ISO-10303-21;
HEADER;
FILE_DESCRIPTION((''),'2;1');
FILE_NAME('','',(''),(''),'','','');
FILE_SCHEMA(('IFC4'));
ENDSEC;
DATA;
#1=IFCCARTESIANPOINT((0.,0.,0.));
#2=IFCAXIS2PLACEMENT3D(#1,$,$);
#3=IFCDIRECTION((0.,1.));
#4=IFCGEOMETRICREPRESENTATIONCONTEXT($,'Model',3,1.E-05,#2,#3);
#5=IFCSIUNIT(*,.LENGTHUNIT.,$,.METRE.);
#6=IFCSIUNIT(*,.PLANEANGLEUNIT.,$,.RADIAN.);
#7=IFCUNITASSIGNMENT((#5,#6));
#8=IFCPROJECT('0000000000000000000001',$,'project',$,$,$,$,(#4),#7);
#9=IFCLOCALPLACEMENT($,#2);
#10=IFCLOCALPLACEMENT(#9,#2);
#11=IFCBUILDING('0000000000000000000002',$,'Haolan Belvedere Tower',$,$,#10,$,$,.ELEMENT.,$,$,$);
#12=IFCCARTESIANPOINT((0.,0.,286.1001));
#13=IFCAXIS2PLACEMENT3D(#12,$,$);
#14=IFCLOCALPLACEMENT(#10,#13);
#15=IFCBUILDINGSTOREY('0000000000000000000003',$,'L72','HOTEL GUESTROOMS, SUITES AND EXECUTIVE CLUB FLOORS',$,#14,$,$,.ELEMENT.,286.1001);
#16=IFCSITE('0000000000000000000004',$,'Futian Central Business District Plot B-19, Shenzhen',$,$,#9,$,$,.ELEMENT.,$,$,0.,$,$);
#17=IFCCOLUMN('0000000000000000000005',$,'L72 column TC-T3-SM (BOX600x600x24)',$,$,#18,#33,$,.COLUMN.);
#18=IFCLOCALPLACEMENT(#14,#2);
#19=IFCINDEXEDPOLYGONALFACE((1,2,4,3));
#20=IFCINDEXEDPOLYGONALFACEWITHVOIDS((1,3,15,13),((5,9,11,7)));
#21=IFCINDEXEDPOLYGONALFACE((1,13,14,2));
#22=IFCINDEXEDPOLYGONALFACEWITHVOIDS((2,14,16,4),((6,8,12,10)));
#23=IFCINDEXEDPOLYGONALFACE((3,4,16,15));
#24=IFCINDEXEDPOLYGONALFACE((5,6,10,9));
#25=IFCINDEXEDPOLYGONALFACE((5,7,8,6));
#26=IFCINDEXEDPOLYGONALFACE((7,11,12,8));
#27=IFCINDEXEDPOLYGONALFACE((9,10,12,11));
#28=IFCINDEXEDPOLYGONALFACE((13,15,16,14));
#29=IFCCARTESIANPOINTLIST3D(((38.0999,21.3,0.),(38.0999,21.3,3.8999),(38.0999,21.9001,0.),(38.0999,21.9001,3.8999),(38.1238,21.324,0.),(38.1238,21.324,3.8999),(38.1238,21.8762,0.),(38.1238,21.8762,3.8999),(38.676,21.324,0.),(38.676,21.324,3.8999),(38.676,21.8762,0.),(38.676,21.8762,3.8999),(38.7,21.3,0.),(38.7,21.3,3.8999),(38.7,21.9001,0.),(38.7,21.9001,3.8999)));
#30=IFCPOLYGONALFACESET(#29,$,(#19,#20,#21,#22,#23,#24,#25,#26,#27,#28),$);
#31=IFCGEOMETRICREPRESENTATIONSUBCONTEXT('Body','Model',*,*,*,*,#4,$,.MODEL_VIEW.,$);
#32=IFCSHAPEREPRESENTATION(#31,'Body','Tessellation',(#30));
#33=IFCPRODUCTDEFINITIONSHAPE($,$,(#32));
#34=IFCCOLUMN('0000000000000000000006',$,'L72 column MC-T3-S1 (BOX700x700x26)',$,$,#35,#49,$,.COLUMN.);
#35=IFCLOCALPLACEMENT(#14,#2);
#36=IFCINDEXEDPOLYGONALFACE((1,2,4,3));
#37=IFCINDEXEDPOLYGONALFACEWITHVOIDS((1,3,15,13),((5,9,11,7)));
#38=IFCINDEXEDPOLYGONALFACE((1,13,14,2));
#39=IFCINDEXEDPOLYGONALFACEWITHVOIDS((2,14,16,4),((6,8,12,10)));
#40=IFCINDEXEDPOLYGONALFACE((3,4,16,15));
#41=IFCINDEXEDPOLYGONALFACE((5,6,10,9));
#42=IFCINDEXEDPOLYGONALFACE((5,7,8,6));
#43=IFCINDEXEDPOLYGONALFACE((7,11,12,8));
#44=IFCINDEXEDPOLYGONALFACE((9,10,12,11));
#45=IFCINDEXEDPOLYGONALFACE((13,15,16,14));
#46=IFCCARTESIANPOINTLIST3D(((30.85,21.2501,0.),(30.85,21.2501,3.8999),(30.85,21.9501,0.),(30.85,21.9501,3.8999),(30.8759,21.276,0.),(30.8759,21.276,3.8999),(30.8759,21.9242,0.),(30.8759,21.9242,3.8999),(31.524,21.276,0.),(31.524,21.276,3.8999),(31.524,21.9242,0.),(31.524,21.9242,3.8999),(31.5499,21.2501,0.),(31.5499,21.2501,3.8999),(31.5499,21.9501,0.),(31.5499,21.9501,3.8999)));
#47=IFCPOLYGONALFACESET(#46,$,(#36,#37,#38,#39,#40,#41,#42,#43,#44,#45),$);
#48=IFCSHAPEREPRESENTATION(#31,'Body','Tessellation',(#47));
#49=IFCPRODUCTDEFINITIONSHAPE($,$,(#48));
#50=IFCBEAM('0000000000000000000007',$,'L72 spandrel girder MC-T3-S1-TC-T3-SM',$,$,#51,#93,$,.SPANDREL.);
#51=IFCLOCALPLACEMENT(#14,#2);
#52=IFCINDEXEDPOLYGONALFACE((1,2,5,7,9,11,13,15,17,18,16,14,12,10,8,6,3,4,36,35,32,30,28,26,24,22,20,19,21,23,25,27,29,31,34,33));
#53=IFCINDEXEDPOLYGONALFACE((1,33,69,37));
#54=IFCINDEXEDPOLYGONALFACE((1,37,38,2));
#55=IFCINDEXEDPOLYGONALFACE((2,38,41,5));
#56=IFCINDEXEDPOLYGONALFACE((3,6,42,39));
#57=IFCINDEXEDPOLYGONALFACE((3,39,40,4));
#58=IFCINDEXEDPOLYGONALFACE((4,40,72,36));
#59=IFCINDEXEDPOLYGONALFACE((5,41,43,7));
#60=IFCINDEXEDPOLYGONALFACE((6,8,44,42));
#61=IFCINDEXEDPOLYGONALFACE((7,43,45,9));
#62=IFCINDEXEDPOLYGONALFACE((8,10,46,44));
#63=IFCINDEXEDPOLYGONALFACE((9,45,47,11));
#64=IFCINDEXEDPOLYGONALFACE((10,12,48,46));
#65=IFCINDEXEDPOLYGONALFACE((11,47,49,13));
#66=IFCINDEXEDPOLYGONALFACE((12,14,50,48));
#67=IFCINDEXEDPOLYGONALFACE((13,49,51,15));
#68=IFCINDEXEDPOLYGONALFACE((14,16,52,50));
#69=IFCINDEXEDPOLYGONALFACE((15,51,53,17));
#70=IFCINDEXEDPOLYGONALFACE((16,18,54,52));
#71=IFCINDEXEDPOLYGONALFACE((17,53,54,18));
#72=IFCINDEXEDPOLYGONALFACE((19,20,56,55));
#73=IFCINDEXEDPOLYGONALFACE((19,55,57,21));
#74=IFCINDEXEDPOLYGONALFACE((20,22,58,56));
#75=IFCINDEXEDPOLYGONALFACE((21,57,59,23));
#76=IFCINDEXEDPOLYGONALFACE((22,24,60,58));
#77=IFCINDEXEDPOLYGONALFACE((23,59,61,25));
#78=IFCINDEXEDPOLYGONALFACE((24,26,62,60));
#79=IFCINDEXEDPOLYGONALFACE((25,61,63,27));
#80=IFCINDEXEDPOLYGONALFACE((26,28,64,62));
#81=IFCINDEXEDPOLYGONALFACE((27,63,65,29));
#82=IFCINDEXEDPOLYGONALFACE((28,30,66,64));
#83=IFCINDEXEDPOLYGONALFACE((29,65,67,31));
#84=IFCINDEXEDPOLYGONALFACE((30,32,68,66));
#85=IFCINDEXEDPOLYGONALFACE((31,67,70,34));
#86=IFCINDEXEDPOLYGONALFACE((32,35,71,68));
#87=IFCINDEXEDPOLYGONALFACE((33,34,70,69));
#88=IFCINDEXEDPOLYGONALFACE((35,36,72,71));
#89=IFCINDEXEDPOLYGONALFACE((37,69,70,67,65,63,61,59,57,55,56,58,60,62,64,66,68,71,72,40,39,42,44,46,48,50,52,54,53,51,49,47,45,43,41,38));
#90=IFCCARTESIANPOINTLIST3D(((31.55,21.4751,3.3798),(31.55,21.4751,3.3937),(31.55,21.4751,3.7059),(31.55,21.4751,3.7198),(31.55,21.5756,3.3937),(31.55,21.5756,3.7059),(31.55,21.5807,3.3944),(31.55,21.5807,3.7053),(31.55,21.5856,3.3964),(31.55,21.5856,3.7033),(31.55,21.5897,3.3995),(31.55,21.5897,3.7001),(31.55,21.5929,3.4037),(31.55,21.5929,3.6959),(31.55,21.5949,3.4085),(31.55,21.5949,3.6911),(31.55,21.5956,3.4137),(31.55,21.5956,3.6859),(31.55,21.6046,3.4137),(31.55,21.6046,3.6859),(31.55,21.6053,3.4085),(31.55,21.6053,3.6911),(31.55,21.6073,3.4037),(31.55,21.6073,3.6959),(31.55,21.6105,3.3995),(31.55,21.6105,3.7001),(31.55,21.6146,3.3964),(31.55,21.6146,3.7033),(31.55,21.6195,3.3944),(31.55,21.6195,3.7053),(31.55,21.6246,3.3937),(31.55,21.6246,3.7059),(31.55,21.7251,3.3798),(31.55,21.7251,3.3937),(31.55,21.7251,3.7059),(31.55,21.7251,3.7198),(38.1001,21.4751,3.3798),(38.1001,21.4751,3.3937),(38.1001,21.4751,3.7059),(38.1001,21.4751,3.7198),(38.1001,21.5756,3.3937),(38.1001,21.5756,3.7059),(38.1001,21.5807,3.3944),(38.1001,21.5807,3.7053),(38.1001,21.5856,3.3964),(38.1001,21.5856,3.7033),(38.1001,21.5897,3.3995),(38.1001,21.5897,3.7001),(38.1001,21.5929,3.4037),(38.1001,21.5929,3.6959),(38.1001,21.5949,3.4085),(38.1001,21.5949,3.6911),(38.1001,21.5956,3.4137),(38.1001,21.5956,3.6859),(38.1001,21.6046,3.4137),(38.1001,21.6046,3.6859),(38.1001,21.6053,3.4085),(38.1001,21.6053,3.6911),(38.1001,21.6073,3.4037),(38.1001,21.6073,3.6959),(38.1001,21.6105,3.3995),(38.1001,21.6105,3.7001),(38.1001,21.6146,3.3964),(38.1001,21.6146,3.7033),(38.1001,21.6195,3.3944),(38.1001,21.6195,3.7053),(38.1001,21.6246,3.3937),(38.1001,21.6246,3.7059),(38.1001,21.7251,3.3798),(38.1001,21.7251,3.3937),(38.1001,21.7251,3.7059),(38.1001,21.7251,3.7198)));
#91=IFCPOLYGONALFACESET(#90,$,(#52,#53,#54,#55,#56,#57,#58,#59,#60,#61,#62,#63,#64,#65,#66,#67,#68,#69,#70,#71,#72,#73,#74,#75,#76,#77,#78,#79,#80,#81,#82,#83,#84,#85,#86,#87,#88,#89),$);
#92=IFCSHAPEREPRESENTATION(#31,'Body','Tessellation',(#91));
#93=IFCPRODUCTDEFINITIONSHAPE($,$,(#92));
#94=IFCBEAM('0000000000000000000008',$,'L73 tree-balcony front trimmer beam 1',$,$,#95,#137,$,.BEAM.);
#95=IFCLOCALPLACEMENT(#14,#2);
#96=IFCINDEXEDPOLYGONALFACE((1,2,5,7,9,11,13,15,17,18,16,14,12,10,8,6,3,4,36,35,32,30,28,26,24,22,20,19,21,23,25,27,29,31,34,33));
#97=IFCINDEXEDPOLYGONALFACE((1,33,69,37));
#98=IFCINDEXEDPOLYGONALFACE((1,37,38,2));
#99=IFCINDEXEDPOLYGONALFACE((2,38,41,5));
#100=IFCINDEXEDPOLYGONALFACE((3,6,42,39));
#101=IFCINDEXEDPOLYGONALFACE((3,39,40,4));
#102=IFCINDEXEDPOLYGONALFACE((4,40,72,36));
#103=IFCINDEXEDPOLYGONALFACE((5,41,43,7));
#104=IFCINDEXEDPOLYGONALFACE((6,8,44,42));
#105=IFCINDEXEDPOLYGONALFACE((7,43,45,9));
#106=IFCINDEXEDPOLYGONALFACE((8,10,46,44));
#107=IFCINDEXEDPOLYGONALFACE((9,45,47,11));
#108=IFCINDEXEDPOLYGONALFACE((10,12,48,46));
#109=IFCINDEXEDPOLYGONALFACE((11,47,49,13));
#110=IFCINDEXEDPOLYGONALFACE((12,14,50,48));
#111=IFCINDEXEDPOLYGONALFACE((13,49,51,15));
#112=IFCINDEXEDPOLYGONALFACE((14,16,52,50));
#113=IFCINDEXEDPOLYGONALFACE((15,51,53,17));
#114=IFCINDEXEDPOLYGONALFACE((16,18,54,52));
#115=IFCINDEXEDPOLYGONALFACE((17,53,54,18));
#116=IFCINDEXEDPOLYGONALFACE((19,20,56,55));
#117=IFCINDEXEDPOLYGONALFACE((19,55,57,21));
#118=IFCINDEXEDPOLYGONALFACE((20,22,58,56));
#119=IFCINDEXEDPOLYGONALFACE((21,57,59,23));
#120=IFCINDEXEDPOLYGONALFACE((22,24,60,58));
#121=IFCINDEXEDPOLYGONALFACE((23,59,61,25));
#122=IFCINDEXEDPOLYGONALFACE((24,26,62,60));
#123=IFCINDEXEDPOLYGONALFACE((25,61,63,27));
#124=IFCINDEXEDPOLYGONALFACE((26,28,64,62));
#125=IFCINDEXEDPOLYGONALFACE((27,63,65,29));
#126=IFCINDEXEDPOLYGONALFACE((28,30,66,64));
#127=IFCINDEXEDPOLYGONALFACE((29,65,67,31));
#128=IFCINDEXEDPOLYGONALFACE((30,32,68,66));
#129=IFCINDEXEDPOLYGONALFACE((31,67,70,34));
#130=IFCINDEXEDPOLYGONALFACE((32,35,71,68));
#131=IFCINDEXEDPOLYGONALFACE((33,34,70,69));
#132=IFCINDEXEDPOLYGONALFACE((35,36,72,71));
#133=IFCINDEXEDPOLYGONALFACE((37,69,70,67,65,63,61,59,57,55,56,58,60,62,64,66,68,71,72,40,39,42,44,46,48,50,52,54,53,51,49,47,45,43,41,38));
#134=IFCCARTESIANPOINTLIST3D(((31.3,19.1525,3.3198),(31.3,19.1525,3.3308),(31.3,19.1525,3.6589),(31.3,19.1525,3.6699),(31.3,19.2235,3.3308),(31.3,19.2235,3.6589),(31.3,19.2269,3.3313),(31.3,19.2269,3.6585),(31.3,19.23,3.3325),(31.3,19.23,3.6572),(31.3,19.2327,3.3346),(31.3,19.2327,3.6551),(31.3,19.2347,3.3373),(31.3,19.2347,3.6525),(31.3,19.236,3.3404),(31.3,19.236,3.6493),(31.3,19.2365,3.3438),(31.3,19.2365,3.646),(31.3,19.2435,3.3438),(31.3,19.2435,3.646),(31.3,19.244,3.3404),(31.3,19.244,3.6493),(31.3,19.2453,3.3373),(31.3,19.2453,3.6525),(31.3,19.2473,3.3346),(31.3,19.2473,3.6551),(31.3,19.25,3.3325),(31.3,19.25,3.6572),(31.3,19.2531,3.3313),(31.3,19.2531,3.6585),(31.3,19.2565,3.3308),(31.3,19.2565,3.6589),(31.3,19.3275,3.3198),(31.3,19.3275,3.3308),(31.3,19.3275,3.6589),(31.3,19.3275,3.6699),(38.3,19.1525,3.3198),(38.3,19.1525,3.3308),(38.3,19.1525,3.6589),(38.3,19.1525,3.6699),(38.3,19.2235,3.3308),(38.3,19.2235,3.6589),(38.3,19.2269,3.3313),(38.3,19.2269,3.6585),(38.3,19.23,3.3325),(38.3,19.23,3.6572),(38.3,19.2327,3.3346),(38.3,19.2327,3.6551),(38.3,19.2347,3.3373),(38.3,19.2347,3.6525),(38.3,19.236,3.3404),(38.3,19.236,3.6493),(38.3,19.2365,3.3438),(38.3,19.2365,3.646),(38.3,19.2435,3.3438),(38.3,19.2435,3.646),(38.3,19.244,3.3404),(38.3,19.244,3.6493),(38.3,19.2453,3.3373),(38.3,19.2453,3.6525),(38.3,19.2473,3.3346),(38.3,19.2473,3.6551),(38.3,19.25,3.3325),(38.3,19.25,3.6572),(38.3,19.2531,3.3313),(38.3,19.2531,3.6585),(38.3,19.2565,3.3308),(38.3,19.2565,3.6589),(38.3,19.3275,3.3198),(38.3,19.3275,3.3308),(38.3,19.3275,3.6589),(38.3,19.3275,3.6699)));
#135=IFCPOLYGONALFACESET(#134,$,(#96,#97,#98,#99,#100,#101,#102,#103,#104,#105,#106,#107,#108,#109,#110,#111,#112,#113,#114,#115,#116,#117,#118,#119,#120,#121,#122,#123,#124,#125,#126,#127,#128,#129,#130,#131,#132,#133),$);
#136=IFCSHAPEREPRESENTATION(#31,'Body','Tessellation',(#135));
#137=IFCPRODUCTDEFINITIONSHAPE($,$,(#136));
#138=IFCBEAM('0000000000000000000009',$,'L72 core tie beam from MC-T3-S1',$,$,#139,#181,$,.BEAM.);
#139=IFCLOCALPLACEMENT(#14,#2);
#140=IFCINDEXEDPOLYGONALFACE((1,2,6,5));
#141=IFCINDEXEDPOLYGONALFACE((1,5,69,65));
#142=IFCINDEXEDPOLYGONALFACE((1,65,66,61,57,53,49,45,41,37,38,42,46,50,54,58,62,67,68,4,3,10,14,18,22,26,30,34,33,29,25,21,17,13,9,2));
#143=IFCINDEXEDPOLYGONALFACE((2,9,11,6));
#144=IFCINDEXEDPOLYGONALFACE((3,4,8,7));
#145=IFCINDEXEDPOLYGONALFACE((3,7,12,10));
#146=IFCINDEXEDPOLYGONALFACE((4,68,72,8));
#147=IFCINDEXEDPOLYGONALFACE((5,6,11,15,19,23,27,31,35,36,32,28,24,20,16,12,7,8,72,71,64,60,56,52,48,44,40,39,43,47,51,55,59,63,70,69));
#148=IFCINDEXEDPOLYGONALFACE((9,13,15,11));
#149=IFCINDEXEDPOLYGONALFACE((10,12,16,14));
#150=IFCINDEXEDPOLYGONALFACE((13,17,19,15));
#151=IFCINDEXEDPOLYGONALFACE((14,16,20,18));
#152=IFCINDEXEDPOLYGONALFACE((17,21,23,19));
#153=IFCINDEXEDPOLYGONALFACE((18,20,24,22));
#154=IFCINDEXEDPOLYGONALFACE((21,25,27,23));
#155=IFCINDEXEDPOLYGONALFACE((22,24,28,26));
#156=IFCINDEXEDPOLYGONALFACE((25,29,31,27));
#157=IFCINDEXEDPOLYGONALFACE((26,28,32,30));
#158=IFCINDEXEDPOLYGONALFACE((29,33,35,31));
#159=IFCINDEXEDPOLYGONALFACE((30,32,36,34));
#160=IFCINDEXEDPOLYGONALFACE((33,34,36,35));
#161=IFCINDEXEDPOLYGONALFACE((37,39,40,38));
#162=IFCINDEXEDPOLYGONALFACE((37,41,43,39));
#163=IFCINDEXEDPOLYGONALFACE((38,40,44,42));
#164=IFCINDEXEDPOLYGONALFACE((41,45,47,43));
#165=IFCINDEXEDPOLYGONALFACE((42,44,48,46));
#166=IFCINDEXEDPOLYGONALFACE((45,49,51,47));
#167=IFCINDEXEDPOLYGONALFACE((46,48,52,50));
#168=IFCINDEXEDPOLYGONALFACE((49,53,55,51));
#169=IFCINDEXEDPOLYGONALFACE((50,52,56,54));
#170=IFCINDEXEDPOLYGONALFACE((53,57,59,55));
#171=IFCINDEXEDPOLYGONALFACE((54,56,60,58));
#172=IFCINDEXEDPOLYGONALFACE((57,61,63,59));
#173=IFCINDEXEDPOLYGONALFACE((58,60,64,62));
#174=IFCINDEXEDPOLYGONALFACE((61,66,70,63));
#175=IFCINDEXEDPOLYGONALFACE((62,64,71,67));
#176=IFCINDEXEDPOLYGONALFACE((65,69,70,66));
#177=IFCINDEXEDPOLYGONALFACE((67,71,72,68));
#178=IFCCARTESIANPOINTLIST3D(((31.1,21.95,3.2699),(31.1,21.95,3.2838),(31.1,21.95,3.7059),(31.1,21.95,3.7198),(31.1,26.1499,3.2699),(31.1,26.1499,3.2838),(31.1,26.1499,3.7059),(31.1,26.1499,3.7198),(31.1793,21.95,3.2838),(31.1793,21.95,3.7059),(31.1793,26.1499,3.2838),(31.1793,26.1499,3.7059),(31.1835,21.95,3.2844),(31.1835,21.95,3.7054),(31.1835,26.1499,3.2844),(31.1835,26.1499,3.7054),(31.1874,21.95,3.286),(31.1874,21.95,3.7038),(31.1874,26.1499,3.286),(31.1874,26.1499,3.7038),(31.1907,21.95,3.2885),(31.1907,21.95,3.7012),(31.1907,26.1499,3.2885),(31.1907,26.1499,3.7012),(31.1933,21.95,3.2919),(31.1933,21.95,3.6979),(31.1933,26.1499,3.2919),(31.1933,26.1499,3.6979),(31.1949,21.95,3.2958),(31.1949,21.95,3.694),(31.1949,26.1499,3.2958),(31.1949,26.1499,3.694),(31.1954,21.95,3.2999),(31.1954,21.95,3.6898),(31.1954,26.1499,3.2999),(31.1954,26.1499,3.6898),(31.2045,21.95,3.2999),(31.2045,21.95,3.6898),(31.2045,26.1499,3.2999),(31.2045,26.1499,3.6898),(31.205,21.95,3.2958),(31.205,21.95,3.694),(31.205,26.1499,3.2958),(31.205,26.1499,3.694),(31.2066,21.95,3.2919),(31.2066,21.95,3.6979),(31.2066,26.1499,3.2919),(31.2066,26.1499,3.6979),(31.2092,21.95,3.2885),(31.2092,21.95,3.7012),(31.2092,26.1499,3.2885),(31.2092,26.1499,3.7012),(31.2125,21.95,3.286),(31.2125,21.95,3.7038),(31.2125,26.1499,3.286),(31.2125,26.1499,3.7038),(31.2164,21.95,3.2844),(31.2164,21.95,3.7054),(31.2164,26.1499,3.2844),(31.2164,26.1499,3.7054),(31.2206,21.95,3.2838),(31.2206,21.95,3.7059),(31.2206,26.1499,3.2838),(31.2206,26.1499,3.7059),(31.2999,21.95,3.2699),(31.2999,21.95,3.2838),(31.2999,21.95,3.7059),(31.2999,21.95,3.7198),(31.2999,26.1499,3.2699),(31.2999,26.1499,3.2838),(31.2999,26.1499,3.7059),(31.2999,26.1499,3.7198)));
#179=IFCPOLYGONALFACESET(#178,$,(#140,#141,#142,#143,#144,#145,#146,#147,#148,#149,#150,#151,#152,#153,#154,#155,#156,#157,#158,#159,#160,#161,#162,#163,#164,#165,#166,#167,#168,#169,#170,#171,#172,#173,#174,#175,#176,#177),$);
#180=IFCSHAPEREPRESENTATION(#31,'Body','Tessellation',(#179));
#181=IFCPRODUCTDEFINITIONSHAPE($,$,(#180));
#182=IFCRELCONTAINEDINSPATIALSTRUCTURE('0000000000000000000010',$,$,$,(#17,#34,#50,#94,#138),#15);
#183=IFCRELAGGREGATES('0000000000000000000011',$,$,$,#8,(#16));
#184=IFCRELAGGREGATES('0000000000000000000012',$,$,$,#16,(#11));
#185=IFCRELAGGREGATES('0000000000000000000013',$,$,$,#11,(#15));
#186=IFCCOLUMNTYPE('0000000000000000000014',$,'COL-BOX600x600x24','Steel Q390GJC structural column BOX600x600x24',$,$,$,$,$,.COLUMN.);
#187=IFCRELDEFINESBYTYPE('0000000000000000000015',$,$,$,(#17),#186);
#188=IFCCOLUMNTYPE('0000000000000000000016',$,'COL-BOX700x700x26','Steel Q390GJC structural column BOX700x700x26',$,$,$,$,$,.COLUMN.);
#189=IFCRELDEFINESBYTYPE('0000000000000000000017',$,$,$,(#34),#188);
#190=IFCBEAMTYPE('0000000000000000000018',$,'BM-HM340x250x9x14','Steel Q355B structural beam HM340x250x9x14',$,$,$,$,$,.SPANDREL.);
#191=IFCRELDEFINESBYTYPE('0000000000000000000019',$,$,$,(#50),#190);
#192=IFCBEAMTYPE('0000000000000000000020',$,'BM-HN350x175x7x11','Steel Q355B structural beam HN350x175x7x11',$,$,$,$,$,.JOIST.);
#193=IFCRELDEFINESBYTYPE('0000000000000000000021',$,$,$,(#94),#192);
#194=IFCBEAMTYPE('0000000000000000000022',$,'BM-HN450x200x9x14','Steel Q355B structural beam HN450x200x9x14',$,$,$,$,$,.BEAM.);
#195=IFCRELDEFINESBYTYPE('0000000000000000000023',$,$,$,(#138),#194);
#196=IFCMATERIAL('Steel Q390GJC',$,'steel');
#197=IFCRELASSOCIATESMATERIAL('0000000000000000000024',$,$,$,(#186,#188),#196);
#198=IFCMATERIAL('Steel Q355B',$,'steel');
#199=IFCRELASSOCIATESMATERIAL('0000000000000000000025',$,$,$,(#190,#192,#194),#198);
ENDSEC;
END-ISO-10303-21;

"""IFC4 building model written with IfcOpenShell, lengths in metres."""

from ifc_helpers import new_model, si_unit, direction, frame, origin, origin_2d, place, context, subcontext, project, spatial, hollow_rectangle, i_section, extrude, material, material_profile, profile_set, type_object, element, save


model = new_model("IFC4")

# Units and contexts
model_context = context("Model", 3, precision=1e-05, world=origin(), true_north=direction((0.0, 1.0)))
body_context = subcontext(model_context, "Body", "Model", "MODEL_VIEW")
ifc_project = project(units=[si_unit("LENGTHUNIT", "METRE"), si_unit("PLANEANGLEUNIT", "RADIAN")], contexts=[model_context])

# Site, building, storey
site_placement = place(None, origin())
site = spatial("IfcSite", under=ifc_project, at=site_placement, Name="Futian Central Business District Plot B-19, Shenzhen", CompositionType="ELEMENT", RefElevation=0.0)
building_placement = place(site_placement, origin())
building = spatial("IfcBuilding", under=site, at=building_placement, Name="Haolan Belvedere Tower", CompositionType="ELEMENT")
storey_placement = place(building_placement, frame((0.0, 0.0, 286.1001)))
storey = spatial("IfcBuildingStorey", under=building, at=storey_placement, Name="L72", Description="HOTEL GUESTROOMS, SUITES AND EXECUTIVE CLUB FLOORS", CompositionType="ELEMENT", Elevation=286.1001)

# Columns
ifc_material_1 = material(Name="Steel Q390GJC", Category="steel")
ifc_material_profile_1 = material_profile(ifc_material_1, hollow_rectangle(XDim=0.6001, YDim=0.6001, WallThickness=0.0239, at=origin_2d()), Name="Steel Q390GJC")
ifc_profile_set_1 = profile_set([ifc_material_profile_1], Name="Steel Q390GJC")
column_type_1 = type_object("IfcColumnType", Name="COL-BOX600x600x24", Description="Steel Q390GJC structural column BOX600x600x24", PredefinedType="COLUMN", material=ifc_profile_set_1)
column_1_placement = place(storey_placement, frame((38.3999, 21.6001, 0.0), z_axis=(0.0, 0.0, 1.0), x_axis=(1.0, 0.0, 0.0)))
element("IfcColumn", 1, at=column_1_placement, inside=storey, type_object=column_type_1, Name="L72 column TC-T3-SM (BOX600x600x24)", PredefinedType="COLUMN", context=body_context, shape_type="SweptSolid", body=[
    extrude(hollow_rectangle(XDim=0.6001, YDim=0.6001, WallThickness=0.0239, at=origin_2d()), origin(), (0.0, 0.0, 1.0), 3.8999),
])
ifc_material_profile_2 = material_profile(ifc_material_1, hollow_rectangle(XDim=0.7, YDim=0.7, WallThickness=0.0259, at=origin_2d()), Name="Steel Q390GJC")
ifc_profile_set_2 = profile_set([ifc_material_profile_2], Name="Steel Q390GJC")
column_type_2 = type_object("IfcColumnType", Name="COL-BOX700x700x26", Description="Steel Q390GJC structural column BOX700x700x26", PredefinedType="COLUMN", material=ifc_profile_set_2)
column_2_placement = place(storey_placement, frame((31.2, 21.6001, 0.0), z_axis=(0.0, 0.0, 1.0), x_axis=(1.0, 0.0, 0.0)))
element("IfcColumn", 2, at=column_2_placement, inside=storey, type_object=column_type_2, Name="L72 column MC-T3-S1 (BOX700x700x26)", PredefinedType="COLUMN", context=body_context, shape_type="SweptSolid", body=[
    extrude(hollow_rectangle(XDim=0.7, YDim=0.7, WallThickness=0.0259, at=origin_2d()), origin(), (0.0, 0.0, 1.0), 3.8999),
])

# Beams
ifc_material_2 = material(Name="Steel Q355B", Category="steel")
ifc_material_profile_3 = material_profile(ifc_material_2, i_section(OverallWidth=0.25, OverallDepth=0.3401, WebThickness=0.009, FlangeThickness=0.0139, FilletRadius=0.02, at=origin_2d()), Name="Steel Q355B")
ifc_profile_set_3 = profile_set([ifc_material_profile_3], Name="Steel Q355B")
beam_type_1 = type_object("IfcBeamType", Name="BM-HM340x250x9x14", Description="Steel Q355B structural beam HM340x250x9x14", PredefinedType="SPANDREL", material=ifc_profile_set_3)
beam_1_placement = place(storey_placement, frame((31.55, 21.6001, 3.5498), z_axis=(1.0, 0.0, 0.0), x_axis=(0.0, 1.0, 0.0)))
element("IfcBeam", 3, at=beam_1_placement, inside=storey, type_object=beam_type_1, Name="L72 spandrel girder MC-T3-S1-TC-T3-SM", PredefinedType="SPANDREL", context=body_context, shape_type="SweptSolid", body=[
    extrude(i_section(OverallWidth=0.25, OverallDepth=0.3401, WebThickness=0.009, FlangeThickness=0.0139, FilletRadius=0.02, at=origin_2d()), origin(), (0.0, 0.0, 1.0), 6.55),
])
ifc_material_profile_4 = material_profile(ifc_material_2, i_section(OverallWidth=0.175, OverallDepth=0.3501, WebThickness=0.0071, FlangeThickness=0.011, FilletRadius=0.0129, at=origin_2d()), Name="Steel Q355B")
ifc_profile_set_4 = profile_set([ifc_material_profile_4], Name="Steel Q355B")
beam_type_2 = type_object("IfcBeamType", Name="BM-HN350x175x7x11", Description="Steel Q355B structural beam HN350x175x7x11", PredefinedType="JOIST", material=ifc_profile_set_4)
beam_2_placement = place(storey_placement, frame((31.3, 19.24, 3.4949), z_axis=(1.0, 0.0, 0.0), x_axis=(0.0, 1.0, 0.0)))
element("IfcBeam", 4, at=beam_2_placement, inside=storey, type_object=beam_type_2, Name="L73 tree-balcony front trimmer beam 1", PredefinedType="BEAM", context=body_context, shape_type="SweptSolid", body=[
    extrude(i_section(OverallWidth=0.175, OverallDepth=0.3501, WebThickness=0.0071, FlangeThickness=0.011, FilletRadius=0.0129, at=origin_2d()), origin(), (0.0, 0.0, 1.0), 7.0),
])
ifc_material_profile_5 = material_profile(ifc_material_2, i_section(OverallWidth=0.2, OverallDepth=0.45, WebThickness=0.009, FlangeThickness=0.0139, FilletRadius=0.0161, at=origin_2d()), Name="Steel Q355B")
ifc_profile_set_5 = profile_set([ifc_material_profile_5], Name="Steel Q355B")
beam_type_3 = type_object("IfcBeamType", Name="BM-HN450x200x9x14", Description="Steel Q355B structural beam HN450x200x9x14", PredefinedType="BEAM", material=ifc_profile_set_5)
beam_3_placement = place(storey_placement, frame((31.2, 21.95, 3.4949), z_axis=(0.0, 1.0, 0.0), x_axis=(-1.0, 0.0, 0.0)))
element("IfcBeam", 5, at=beam_3_placement, inside=storey, type_object=beam_type_3, Name="L72 core tie beam from MC-T3-S1", PredefinedType="BEAM", context=body_context, shape_type="SweptSolid", body=[
    extrude(i_section(OverallWidth=0.2, OverallDepth=0.45, WebThickness=0.009, FlangeThickness=0.0139, FilletRadius=0.0161, at=origin_2d()), origin(), (0.0, 0.0, 1.0), 4.2),
])

save(model, "model.ifc")
